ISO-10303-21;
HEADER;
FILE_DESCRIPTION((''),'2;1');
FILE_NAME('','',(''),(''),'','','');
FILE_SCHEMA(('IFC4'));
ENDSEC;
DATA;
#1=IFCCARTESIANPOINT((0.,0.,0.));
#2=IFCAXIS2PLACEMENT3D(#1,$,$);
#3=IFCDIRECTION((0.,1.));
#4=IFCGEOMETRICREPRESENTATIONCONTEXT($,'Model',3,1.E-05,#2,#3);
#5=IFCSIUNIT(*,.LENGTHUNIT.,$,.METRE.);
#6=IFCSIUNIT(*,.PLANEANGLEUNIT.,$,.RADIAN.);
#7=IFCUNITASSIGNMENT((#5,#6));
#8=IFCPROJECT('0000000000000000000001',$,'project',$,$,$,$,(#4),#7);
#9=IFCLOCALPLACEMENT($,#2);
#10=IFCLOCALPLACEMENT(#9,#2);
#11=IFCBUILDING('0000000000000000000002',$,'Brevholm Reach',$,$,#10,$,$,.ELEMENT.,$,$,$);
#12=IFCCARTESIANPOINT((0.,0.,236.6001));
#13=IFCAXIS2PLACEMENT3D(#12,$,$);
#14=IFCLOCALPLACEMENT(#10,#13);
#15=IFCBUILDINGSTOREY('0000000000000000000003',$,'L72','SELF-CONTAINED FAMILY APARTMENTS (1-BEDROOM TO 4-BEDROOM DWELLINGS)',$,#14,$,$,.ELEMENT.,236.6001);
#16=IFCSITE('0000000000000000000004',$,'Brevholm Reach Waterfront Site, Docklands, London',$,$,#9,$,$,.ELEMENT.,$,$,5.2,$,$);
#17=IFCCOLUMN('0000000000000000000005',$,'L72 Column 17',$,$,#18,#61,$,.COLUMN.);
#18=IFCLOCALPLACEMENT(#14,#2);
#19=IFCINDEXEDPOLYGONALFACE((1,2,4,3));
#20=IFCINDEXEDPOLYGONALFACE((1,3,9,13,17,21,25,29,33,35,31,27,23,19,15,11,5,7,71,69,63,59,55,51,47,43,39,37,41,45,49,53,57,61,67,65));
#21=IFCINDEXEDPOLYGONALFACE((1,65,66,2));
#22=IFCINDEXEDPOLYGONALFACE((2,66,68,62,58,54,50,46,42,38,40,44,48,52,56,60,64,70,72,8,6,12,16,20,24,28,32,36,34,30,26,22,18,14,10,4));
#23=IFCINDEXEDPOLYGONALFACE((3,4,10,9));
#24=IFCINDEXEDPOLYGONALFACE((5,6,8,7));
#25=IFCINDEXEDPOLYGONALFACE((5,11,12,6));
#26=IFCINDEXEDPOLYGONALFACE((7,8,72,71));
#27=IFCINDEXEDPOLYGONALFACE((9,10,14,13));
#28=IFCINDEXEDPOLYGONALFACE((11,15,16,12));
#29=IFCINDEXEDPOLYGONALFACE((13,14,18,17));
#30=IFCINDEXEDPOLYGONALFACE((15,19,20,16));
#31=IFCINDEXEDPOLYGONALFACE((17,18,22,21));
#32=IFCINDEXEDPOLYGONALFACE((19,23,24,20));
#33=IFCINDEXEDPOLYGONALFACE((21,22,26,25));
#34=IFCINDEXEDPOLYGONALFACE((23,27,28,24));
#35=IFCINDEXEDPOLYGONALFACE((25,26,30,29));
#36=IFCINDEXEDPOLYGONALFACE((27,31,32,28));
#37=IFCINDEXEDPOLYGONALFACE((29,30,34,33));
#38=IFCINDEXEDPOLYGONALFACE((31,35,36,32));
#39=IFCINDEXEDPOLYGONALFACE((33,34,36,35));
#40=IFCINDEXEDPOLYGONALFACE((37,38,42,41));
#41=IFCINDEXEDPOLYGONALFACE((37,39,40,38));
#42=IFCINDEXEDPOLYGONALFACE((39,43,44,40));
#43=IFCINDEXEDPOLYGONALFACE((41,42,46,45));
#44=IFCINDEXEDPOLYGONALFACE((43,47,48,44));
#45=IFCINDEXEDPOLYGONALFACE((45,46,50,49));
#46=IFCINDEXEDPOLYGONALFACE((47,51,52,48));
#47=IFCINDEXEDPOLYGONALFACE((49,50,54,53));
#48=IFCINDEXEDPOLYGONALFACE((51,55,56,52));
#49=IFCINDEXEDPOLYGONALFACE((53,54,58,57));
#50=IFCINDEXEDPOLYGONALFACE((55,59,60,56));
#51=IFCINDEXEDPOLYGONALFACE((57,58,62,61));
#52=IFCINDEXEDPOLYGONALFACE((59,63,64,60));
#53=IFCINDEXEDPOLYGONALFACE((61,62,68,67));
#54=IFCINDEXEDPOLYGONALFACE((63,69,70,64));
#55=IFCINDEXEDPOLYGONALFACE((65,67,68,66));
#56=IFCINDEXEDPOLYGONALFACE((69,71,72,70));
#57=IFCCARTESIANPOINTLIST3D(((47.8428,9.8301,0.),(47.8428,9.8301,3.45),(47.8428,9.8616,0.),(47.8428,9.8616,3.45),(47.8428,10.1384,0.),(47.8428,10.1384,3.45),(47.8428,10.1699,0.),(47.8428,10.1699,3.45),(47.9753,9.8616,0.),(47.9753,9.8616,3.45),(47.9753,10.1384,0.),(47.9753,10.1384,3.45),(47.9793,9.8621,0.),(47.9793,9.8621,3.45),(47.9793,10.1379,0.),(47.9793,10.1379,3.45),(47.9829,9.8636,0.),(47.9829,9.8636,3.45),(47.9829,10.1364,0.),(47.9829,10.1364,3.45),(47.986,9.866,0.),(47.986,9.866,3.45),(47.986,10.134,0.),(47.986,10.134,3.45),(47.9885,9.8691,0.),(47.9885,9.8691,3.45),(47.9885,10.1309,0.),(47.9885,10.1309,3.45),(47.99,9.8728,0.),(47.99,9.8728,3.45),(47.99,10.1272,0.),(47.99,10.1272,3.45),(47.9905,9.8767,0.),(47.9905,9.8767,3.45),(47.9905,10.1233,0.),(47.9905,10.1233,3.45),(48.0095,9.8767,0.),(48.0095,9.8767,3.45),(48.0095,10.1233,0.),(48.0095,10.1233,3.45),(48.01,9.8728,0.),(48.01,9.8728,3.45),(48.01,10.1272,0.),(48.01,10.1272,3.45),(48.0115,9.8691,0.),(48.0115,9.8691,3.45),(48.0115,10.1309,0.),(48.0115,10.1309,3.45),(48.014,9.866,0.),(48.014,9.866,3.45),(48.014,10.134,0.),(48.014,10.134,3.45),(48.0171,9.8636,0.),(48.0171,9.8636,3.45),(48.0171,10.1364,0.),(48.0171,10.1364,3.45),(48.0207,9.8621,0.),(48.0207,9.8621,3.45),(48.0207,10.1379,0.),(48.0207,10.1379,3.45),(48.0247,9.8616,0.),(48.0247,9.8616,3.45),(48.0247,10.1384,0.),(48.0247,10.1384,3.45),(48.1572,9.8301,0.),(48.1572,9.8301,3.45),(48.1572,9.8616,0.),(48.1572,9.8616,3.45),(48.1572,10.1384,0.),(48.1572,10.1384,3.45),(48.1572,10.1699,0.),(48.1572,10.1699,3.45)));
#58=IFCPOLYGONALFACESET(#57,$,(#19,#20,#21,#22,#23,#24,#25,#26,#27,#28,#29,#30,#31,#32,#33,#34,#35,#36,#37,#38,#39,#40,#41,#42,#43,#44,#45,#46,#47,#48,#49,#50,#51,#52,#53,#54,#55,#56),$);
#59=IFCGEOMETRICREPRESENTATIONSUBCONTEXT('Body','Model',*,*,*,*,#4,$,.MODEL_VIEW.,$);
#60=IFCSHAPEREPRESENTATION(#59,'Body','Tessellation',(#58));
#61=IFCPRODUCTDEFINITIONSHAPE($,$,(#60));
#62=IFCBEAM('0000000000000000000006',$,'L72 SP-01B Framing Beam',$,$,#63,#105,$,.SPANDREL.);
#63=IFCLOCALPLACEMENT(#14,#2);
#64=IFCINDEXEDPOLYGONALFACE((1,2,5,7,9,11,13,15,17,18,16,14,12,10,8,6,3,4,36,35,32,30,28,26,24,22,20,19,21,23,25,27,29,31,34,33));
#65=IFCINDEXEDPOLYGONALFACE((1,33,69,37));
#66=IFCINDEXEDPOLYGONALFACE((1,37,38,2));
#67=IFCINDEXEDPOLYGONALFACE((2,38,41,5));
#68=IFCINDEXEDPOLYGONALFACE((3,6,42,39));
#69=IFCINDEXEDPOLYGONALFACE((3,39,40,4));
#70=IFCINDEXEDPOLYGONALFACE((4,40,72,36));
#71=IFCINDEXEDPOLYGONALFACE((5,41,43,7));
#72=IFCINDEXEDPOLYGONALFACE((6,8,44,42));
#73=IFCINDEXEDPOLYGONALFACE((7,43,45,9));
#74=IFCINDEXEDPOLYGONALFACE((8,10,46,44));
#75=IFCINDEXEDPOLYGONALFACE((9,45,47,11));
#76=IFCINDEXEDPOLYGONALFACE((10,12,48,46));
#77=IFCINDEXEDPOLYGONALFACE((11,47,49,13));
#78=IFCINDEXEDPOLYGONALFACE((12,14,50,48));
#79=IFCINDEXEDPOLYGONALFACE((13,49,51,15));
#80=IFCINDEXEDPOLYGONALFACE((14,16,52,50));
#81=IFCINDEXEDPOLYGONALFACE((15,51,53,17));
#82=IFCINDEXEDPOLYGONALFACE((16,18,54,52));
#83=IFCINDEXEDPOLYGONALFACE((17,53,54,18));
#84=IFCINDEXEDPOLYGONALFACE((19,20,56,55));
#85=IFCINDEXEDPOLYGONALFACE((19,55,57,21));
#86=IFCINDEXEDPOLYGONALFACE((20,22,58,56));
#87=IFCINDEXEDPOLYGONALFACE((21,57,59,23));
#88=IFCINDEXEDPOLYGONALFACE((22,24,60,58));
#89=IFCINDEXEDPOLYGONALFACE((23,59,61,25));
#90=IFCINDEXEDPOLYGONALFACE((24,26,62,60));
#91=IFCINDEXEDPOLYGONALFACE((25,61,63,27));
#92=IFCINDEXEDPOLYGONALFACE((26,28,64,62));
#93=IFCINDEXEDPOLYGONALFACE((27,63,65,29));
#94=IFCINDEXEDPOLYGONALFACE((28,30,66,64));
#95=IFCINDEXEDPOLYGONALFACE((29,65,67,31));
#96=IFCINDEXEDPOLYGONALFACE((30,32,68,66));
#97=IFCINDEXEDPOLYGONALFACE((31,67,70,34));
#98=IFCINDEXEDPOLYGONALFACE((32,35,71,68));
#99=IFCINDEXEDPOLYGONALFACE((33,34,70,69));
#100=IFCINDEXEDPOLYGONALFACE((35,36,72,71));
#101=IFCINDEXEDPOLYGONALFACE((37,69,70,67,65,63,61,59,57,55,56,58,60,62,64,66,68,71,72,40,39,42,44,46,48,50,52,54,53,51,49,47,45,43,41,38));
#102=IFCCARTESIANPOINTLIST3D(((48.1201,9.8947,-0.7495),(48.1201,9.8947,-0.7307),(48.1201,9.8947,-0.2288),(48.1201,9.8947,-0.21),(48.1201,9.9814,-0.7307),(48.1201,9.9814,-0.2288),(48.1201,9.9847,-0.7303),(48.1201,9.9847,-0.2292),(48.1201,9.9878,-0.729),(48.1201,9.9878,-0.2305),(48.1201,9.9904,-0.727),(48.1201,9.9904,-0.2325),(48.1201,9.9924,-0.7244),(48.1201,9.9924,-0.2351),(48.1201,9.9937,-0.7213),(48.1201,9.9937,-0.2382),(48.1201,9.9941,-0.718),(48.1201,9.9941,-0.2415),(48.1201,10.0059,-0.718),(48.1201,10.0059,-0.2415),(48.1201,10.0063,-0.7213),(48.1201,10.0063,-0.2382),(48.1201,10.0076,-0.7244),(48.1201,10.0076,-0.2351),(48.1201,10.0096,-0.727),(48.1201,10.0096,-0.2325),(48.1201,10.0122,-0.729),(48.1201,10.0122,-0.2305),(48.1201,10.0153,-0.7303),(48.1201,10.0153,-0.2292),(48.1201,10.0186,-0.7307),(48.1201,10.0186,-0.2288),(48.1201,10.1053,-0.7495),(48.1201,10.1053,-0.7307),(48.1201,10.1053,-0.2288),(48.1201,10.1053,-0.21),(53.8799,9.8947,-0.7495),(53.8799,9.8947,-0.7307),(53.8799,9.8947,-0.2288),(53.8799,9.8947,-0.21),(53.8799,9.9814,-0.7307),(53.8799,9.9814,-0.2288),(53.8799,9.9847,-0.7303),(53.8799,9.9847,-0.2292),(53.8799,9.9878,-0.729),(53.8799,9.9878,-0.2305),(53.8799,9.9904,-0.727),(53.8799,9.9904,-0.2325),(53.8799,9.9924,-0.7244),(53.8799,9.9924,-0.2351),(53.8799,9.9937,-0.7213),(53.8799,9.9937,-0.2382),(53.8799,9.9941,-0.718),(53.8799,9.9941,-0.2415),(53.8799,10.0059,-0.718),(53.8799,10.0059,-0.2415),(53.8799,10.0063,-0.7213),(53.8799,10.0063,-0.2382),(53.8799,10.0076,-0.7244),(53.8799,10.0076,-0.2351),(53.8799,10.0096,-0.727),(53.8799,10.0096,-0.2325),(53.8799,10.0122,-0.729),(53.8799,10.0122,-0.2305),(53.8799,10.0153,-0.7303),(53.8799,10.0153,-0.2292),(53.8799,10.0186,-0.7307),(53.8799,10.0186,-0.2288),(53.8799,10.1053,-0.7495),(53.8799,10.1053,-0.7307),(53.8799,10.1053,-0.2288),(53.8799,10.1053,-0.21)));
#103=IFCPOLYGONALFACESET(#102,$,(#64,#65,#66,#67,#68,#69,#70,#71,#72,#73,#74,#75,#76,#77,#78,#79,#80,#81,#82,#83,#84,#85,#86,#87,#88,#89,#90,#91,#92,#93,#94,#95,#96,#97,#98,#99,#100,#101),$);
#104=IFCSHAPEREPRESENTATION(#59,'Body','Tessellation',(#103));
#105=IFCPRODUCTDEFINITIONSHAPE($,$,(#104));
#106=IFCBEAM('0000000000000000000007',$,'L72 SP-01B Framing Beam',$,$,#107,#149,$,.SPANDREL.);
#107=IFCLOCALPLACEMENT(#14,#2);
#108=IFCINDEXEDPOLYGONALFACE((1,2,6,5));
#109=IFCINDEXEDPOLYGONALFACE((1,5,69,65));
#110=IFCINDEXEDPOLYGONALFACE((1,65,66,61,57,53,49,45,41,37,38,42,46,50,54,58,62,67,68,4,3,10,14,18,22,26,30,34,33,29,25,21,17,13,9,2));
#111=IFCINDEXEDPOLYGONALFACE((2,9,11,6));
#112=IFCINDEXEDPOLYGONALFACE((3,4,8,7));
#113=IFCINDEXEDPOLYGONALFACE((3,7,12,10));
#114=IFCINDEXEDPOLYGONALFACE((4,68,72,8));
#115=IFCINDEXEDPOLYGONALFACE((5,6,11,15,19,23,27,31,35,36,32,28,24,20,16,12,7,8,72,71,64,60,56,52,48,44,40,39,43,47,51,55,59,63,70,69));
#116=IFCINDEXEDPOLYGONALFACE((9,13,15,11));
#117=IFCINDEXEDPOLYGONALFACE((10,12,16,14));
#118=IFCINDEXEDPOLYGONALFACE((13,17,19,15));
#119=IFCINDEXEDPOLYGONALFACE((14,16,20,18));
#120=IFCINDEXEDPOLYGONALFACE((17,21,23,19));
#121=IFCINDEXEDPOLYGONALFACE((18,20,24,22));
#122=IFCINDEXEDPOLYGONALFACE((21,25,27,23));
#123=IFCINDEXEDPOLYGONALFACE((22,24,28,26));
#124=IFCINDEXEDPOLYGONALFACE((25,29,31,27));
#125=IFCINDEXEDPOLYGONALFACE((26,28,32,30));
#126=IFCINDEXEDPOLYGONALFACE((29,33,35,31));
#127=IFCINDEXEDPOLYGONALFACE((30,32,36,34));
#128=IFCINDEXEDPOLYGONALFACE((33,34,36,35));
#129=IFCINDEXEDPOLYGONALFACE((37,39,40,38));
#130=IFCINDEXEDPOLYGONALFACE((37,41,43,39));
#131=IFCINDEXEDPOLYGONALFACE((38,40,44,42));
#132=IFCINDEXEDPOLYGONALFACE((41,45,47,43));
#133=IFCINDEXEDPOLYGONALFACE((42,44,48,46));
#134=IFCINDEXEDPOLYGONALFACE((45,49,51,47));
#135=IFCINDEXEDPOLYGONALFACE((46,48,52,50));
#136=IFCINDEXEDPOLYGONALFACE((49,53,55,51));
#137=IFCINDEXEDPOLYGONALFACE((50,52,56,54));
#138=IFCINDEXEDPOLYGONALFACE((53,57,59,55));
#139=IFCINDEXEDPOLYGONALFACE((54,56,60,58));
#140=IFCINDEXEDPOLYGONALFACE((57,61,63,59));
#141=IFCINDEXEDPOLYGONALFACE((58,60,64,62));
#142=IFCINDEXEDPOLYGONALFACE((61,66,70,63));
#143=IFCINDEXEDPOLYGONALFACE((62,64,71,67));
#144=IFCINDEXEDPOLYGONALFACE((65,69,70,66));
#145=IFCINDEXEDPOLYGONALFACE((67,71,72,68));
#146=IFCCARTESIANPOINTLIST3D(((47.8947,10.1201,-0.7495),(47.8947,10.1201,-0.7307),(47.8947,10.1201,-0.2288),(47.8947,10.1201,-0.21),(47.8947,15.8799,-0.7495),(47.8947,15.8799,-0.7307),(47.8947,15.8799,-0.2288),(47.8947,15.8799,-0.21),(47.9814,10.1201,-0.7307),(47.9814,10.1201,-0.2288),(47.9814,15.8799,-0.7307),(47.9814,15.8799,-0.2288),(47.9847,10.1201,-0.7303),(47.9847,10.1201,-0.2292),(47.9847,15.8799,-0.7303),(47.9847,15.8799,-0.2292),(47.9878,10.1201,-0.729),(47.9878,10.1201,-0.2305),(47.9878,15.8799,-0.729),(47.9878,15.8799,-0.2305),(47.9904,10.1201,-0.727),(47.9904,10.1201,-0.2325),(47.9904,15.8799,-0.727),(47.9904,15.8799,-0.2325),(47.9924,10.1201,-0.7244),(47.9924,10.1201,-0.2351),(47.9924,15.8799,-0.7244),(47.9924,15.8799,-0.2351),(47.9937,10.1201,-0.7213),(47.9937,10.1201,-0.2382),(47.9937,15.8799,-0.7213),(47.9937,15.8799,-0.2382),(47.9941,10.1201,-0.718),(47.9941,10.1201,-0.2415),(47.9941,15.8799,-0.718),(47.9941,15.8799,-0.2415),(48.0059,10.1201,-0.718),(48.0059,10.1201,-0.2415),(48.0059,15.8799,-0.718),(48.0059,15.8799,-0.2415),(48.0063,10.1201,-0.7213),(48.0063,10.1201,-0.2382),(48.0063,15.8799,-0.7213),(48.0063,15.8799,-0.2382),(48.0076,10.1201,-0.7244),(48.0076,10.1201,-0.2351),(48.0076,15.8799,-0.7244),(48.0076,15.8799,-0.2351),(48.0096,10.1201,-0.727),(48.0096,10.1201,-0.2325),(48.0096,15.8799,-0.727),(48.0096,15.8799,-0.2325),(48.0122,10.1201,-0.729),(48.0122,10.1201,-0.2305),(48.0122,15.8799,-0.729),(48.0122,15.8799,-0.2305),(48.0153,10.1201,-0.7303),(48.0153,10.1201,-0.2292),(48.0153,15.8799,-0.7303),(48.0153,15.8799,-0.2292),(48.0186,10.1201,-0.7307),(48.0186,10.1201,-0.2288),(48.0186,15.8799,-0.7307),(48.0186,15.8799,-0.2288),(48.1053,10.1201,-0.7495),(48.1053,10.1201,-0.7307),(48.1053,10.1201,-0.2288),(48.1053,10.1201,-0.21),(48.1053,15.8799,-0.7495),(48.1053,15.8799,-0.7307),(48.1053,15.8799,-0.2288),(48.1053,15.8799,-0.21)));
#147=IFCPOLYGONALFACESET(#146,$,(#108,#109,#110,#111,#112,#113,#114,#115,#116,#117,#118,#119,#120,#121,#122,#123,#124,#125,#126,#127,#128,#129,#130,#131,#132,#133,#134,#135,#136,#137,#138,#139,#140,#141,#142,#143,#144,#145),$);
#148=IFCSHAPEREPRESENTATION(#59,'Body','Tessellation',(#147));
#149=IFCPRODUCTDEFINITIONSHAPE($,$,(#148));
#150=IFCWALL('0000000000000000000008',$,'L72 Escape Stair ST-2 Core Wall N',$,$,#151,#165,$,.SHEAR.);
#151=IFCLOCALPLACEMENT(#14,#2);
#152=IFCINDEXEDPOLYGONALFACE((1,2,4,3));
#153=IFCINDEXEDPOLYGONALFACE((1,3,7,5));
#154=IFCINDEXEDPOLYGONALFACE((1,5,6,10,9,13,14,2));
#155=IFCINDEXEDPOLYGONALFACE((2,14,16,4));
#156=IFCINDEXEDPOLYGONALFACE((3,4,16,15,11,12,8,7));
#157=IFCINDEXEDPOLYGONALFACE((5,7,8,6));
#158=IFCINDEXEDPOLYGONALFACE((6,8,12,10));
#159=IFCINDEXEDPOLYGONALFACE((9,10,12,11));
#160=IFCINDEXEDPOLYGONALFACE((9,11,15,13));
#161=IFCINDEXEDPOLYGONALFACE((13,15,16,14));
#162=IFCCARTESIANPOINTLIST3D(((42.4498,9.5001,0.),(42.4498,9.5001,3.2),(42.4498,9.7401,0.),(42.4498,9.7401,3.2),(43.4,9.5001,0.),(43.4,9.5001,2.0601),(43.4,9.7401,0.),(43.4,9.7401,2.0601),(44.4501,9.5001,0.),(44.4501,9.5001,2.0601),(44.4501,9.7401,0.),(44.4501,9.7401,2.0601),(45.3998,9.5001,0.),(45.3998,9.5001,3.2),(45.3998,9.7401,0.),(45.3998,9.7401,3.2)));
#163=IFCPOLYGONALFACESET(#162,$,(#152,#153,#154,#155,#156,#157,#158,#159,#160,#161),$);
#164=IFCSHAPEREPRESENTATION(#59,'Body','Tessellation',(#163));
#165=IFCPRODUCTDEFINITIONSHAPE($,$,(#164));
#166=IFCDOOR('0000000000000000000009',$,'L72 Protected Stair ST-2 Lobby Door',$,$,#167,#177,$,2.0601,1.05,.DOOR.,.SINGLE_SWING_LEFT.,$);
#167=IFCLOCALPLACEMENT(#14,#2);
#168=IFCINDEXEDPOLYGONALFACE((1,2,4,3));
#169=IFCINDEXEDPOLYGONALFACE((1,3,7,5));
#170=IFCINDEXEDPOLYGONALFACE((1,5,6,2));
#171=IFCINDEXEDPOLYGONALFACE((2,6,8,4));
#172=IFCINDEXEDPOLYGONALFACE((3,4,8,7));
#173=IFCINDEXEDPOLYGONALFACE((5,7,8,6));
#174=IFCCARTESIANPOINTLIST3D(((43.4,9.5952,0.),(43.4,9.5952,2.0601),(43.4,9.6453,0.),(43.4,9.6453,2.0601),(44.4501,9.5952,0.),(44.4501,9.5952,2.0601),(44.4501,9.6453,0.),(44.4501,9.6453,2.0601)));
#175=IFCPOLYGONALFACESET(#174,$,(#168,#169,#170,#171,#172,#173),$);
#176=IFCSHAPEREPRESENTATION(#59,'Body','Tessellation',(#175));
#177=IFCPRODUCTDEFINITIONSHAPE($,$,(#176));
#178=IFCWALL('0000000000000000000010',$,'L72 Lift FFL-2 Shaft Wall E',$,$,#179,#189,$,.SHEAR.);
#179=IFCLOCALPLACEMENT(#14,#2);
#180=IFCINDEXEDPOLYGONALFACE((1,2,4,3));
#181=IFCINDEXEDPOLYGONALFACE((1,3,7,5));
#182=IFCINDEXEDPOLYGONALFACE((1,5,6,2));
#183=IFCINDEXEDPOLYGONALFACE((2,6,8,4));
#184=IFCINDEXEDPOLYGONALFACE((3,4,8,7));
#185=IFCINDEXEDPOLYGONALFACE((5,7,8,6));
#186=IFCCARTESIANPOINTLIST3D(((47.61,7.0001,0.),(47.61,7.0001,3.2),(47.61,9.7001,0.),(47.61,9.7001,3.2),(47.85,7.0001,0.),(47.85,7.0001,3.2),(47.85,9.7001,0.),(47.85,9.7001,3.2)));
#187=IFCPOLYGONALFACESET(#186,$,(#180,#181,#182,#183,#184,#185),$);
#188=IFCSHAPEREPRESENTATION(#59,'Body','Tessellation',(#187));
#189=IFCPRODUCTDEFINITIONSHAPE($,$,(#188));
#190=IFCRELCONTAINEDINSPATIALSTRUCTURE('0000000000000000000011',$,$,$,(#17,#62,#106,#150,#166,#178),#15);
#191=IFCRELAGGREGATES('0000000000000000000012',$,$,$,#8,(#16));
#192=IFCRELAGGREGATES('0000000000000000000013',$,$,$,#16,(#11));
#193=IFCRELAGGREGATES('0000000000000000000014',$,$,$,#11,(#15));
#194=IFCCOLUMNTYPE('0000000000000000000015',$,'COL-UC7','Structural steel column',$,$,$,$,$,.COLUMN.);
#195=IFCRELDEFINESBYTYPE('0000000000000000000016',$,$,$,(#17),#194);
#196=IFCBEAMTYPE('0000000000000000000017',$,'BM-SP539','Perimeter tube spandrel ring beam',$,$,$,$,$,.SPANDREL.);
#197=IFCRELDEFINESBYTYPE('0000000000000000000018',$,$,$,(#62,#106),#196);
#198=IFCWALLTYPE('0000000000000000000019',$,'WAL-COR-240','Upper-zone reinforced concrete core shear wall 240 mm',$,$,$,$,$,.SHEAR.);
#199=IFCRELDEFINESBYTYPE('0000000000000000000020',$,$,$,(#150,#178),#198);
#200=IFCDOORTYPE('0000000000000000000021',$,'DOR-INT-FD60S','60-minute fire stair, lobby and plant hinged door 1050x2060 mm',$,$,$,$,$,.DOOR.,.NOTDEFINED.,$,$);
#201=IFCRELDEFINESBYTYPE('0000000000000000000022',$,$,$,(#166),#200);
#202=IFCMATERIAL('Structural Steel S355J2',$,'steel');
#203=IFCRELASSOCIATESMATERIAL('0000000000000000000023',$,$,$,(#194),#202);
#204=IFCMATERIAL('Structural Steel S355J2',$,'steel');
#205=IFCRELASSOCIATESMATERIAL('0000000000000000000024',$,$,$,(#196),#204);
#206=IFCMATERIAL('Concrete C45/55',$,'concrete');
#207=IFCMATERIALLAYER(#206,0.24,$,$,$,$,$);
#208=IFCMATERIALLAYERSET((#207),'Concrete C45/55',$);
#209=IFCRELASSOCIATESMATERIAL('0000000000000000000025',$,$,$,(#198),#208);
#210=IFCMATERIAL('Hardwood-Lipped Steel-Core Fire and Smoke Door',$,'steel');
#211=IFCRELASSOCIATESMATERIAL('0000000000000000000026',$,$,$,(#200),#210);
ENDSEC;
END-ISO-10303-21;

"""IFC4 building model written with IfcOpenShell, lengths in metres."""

from ifc_helpers import new_model, si_unit, direction, frame, frame_2d, origin, origin_2d, place, context, subcontext, project, spatial, rectangle, i_section, extrude, material, layer, layer_set, material_profile, profile_set, type_object, element, fill, save


model = new_model("IFC4")

# Units and contexts
model_context = context("Model", 3, precision=1e-05, world=origin(), true_north=direction((0.0, 1.0)))
body_context = subcontext(model_context, "Body", "Model", "MODEL_VIEW")
ifc_project = project(units=[si_unit("LENGTHUNIT", "METRE"), si_unit("PLANEANGLEUNIT", "RADIAN")], contexts=[model_context])

# Site, building, storey
site_placement = place(None, origin())
site = spatial("IfcSite", under=ifc_project, at=site_placement, Name="Brevholm Reach Waterfront Site, Docklands, London", CompositionType="ELEMENT", RefElevation=5.2)
building_placement = place(site_placement, origin())
building = spatial("IfcBuilding", under=site, at=building_placement, Name="Brevholm Reach", CompositionType="ELEMENT")
storey_placement = place(building_placement, frame((0.0, 0.0, 236.6001)))
storey = spatial("IfcBuildingStorey", under=building, at=storey_placement, Name="L72", Description="SELF-CONTAINED FAMILY APARTMENTS (1-BEDROOM TO 4-BEDROOM DWELLINGS)", CompositionType="ELEMENT", Elevation=236.6001)

# Column
ifc_material_1 = material(Name="Structural Steel S355J2", Category="steel")
ifc_material_profile_1 = material_profile(ifc_material_1, i_section(OverallWidth=0.3145, OverallDepth=0.3398, WebThickness=0.019, FlangeThickness=0.0315, FilletRadius=0.0151, at=origin_2d()), Name="UKC 305x305x198")
ifc_profile_set_1 = profile_set([ifc_material_profile_1], Name="Structural Steel S355J2")
column_type = type_object("IfcColumnType", Name="COL-UC7", Description="Structural steel column", PredefinedType="COLUMN", material=ifc_profile_set_1)
column_placement = place(storey_placement, frame((48.0, 10.0, 0.0), z_axis=(0.0, 0.0, 1.0), x_axis=(1.0, 0.0, 0.0)))
element("IfcColumn", 1, at=column_placement, inside=storey, type_object=column_type, Name="L72 Column 17", PredefinedType="COLUMN", context=body_context, shape_type="SweptSolid", body=[
    extrude(i_section(OverallWidth=0.3145, OverallDepth=0.3398, WebThickness=0.019, FlangeThickness=0.0315, FilletRadius=0.0151, at=origin_2d()), origin(), (0.0, 0.0, 1.0), 3.45),
])

# Beams
ifc_material_2 = material(Name="Structural Steel S355J2", Category="steel")
ifc_material_profile_2 = material_profile(ifc_material_2, i_section(OverallWidth=0.2107, OverallDepth=0.5396, WebThickness=0.0117, FlangeThickness=0.0188, FilletRadius=0.0127, at=origin_2d()), Name="UKB 533x210x109")
ifc_profile_set_2 = profile_set([ifc_material_profile_2], Name="Structural Steel S355J2")
beam_type = type_object("IfcBeamType", Name="BM-SP539", Description="Perimeter tube spandrel ring beam", PredefinedType="SPANDREL", material=ifc_profile_set_2)
for number, where, z_axis, x_axis, name in (
    (2, (48.1201, 10.0, -0.4797), (1.0, 0.0, 0.0), (0.0, 1.0, 0.0), "L72 SP-01B Framing Beam"),
    (3, (48.0, 10.1201, -0.4797), (0.0, 1.0, 0.0), (-1.0, 0.0, 0.0), "L72 SP-01B Framing Beam"),
):
    element("IfcBeam", number, at=place(storey_placement, frame(where, z_axis=z_axis, x_axis=x_axis)), inside=storey, type_object=beam_type, Name=name, PredefinedType="SPANDREL", context=body_context, shape_type="SweptSolid", body=[
        extrude(i_section(OverallWidth=0.2107, OverallDepth=0.5396, WebThickness=0.0117, FlangeThickness=0.0188, FilletRadius=0.0127, at=origin_2d()), origin(), (0.0, 0.0, 1.0), 5.7598),
    ])

# Wall, opening, door
ifc_material_3 = material(Name="Concrete C45/55", Category="concrete")
ifc_layer_1 = layer(ifc_material_3, 0.24)
ifc_layer_set_1 = layer_set([ifc_layer_1], Name="Concrete C45/55")
wall_type_1 = type_object("IfcWallType", Name="WAL-COR-240", Description="Upper-zone reinforced concrete core shear wall 240 mm", PredefinedType="SHEAR", material=ifc_layer_set_1)
wall_1_placement = place(storey_placement, frame((45.3999, 9.6201, 0.0), z_axis=(0.0, 0.0, 1.0), x_axis=(-1.0, 0.0, 0.0)))
wall_1 = element("IfcWall", 4, at=wall_1_placement, inside=storey, type_object=wall_type_1, Name="L72 Escape Stair ST-2 Core Wall N", PredefinedType="SHEAR", context=body_context, shape_type="SweptSolid", body=[
    extrude(rectangle(XDim=2.95, YDim=0.24, at=frame_2d((1.4751, 0.0))), origin(), (0.0, 0.0, 1.0), 3.2),
])
opening_1_placement = place(wall_1_placement, frame((0.95, 0.0, 0.0)))
opening_1 = element("IfcOpeningElement", 5, at=opening_1_placement, cuts=wall_1, PredefinedType="OPENING", context=body_context, shape_type="SweptSolid", body=[
    extrude(rectangle(XDim=1.05, YDim=2.0601, at=frame_2d((0.5249, 1.03))), frame((0.0, 0.1299, 0.0), z_axis=(0.0, -1.0, 0.0), x_axis=(1.0, 0.0, 0.0)), (0.0, 0.0, 1.0), 0.26),
])
ifc_material_4 = material(Name="Hardwood-Lipped Steel-Core Fire and Smoke Door", Category="steel")
door_type_1 = type_object("IfcDoorType", Name="DOR-INT-FD60S", Description="60-minute fire stair, lobby and plant hinged door 1050x2060 mm", OperationType="NOTDEFINED", PredefinedType="DOOR", material=ifc_material_4)
door_1_placement = place(opening_1_placement, origin())
door_1 = element("IfcDoor", 6, at=door_1_placement, inside=storey, type_object=door_type_1, Name="L72 Protected Stair ST-2 Lobby Door", OperationType="SINGLE_SWING_LEFT", OverallHeight=2.0601, OverallWidth=1.05, PredefinedType="DOOR", context=body_context, shape_type="SweptSolid", body=[
    extrude(rectangle(XDim=1.05, YDim=2.0601, at=frame_2d((0.5249, 1.03))), frame((0.0, 0.0249, 0.0), z_axis=(0.0, -1.0, 0.0), x_axis=(1.0, 0.0, 0.0)), (0.0, 0.0, 1.0), 0.05),
])
fill(opening_1, door_1)

# Wall
wall_2_placement = place(storey_placement, frame((47.73, 7.0, 0.0), z_axis=(0.0, 0.0, 1.0), x_axis=(0.0, 1.0, 0.0)))
element("IfcWall", 7, at=wall_2_placement, inside=storey, type_object=wall_type_1, Name="L72 Lift FFL-2 Shaft Wall E", PredefinedType="SHEAR", context=body_context, shape_type="SweptSolid", body=[
    extrude(rectangle(XDim=2.7, YDim=0.24, at=frame_2d((1.3501, 0.0))), origin(), (0.0, 0.0, 1.0), 3.2),
])

save(model, "model.ifc")
